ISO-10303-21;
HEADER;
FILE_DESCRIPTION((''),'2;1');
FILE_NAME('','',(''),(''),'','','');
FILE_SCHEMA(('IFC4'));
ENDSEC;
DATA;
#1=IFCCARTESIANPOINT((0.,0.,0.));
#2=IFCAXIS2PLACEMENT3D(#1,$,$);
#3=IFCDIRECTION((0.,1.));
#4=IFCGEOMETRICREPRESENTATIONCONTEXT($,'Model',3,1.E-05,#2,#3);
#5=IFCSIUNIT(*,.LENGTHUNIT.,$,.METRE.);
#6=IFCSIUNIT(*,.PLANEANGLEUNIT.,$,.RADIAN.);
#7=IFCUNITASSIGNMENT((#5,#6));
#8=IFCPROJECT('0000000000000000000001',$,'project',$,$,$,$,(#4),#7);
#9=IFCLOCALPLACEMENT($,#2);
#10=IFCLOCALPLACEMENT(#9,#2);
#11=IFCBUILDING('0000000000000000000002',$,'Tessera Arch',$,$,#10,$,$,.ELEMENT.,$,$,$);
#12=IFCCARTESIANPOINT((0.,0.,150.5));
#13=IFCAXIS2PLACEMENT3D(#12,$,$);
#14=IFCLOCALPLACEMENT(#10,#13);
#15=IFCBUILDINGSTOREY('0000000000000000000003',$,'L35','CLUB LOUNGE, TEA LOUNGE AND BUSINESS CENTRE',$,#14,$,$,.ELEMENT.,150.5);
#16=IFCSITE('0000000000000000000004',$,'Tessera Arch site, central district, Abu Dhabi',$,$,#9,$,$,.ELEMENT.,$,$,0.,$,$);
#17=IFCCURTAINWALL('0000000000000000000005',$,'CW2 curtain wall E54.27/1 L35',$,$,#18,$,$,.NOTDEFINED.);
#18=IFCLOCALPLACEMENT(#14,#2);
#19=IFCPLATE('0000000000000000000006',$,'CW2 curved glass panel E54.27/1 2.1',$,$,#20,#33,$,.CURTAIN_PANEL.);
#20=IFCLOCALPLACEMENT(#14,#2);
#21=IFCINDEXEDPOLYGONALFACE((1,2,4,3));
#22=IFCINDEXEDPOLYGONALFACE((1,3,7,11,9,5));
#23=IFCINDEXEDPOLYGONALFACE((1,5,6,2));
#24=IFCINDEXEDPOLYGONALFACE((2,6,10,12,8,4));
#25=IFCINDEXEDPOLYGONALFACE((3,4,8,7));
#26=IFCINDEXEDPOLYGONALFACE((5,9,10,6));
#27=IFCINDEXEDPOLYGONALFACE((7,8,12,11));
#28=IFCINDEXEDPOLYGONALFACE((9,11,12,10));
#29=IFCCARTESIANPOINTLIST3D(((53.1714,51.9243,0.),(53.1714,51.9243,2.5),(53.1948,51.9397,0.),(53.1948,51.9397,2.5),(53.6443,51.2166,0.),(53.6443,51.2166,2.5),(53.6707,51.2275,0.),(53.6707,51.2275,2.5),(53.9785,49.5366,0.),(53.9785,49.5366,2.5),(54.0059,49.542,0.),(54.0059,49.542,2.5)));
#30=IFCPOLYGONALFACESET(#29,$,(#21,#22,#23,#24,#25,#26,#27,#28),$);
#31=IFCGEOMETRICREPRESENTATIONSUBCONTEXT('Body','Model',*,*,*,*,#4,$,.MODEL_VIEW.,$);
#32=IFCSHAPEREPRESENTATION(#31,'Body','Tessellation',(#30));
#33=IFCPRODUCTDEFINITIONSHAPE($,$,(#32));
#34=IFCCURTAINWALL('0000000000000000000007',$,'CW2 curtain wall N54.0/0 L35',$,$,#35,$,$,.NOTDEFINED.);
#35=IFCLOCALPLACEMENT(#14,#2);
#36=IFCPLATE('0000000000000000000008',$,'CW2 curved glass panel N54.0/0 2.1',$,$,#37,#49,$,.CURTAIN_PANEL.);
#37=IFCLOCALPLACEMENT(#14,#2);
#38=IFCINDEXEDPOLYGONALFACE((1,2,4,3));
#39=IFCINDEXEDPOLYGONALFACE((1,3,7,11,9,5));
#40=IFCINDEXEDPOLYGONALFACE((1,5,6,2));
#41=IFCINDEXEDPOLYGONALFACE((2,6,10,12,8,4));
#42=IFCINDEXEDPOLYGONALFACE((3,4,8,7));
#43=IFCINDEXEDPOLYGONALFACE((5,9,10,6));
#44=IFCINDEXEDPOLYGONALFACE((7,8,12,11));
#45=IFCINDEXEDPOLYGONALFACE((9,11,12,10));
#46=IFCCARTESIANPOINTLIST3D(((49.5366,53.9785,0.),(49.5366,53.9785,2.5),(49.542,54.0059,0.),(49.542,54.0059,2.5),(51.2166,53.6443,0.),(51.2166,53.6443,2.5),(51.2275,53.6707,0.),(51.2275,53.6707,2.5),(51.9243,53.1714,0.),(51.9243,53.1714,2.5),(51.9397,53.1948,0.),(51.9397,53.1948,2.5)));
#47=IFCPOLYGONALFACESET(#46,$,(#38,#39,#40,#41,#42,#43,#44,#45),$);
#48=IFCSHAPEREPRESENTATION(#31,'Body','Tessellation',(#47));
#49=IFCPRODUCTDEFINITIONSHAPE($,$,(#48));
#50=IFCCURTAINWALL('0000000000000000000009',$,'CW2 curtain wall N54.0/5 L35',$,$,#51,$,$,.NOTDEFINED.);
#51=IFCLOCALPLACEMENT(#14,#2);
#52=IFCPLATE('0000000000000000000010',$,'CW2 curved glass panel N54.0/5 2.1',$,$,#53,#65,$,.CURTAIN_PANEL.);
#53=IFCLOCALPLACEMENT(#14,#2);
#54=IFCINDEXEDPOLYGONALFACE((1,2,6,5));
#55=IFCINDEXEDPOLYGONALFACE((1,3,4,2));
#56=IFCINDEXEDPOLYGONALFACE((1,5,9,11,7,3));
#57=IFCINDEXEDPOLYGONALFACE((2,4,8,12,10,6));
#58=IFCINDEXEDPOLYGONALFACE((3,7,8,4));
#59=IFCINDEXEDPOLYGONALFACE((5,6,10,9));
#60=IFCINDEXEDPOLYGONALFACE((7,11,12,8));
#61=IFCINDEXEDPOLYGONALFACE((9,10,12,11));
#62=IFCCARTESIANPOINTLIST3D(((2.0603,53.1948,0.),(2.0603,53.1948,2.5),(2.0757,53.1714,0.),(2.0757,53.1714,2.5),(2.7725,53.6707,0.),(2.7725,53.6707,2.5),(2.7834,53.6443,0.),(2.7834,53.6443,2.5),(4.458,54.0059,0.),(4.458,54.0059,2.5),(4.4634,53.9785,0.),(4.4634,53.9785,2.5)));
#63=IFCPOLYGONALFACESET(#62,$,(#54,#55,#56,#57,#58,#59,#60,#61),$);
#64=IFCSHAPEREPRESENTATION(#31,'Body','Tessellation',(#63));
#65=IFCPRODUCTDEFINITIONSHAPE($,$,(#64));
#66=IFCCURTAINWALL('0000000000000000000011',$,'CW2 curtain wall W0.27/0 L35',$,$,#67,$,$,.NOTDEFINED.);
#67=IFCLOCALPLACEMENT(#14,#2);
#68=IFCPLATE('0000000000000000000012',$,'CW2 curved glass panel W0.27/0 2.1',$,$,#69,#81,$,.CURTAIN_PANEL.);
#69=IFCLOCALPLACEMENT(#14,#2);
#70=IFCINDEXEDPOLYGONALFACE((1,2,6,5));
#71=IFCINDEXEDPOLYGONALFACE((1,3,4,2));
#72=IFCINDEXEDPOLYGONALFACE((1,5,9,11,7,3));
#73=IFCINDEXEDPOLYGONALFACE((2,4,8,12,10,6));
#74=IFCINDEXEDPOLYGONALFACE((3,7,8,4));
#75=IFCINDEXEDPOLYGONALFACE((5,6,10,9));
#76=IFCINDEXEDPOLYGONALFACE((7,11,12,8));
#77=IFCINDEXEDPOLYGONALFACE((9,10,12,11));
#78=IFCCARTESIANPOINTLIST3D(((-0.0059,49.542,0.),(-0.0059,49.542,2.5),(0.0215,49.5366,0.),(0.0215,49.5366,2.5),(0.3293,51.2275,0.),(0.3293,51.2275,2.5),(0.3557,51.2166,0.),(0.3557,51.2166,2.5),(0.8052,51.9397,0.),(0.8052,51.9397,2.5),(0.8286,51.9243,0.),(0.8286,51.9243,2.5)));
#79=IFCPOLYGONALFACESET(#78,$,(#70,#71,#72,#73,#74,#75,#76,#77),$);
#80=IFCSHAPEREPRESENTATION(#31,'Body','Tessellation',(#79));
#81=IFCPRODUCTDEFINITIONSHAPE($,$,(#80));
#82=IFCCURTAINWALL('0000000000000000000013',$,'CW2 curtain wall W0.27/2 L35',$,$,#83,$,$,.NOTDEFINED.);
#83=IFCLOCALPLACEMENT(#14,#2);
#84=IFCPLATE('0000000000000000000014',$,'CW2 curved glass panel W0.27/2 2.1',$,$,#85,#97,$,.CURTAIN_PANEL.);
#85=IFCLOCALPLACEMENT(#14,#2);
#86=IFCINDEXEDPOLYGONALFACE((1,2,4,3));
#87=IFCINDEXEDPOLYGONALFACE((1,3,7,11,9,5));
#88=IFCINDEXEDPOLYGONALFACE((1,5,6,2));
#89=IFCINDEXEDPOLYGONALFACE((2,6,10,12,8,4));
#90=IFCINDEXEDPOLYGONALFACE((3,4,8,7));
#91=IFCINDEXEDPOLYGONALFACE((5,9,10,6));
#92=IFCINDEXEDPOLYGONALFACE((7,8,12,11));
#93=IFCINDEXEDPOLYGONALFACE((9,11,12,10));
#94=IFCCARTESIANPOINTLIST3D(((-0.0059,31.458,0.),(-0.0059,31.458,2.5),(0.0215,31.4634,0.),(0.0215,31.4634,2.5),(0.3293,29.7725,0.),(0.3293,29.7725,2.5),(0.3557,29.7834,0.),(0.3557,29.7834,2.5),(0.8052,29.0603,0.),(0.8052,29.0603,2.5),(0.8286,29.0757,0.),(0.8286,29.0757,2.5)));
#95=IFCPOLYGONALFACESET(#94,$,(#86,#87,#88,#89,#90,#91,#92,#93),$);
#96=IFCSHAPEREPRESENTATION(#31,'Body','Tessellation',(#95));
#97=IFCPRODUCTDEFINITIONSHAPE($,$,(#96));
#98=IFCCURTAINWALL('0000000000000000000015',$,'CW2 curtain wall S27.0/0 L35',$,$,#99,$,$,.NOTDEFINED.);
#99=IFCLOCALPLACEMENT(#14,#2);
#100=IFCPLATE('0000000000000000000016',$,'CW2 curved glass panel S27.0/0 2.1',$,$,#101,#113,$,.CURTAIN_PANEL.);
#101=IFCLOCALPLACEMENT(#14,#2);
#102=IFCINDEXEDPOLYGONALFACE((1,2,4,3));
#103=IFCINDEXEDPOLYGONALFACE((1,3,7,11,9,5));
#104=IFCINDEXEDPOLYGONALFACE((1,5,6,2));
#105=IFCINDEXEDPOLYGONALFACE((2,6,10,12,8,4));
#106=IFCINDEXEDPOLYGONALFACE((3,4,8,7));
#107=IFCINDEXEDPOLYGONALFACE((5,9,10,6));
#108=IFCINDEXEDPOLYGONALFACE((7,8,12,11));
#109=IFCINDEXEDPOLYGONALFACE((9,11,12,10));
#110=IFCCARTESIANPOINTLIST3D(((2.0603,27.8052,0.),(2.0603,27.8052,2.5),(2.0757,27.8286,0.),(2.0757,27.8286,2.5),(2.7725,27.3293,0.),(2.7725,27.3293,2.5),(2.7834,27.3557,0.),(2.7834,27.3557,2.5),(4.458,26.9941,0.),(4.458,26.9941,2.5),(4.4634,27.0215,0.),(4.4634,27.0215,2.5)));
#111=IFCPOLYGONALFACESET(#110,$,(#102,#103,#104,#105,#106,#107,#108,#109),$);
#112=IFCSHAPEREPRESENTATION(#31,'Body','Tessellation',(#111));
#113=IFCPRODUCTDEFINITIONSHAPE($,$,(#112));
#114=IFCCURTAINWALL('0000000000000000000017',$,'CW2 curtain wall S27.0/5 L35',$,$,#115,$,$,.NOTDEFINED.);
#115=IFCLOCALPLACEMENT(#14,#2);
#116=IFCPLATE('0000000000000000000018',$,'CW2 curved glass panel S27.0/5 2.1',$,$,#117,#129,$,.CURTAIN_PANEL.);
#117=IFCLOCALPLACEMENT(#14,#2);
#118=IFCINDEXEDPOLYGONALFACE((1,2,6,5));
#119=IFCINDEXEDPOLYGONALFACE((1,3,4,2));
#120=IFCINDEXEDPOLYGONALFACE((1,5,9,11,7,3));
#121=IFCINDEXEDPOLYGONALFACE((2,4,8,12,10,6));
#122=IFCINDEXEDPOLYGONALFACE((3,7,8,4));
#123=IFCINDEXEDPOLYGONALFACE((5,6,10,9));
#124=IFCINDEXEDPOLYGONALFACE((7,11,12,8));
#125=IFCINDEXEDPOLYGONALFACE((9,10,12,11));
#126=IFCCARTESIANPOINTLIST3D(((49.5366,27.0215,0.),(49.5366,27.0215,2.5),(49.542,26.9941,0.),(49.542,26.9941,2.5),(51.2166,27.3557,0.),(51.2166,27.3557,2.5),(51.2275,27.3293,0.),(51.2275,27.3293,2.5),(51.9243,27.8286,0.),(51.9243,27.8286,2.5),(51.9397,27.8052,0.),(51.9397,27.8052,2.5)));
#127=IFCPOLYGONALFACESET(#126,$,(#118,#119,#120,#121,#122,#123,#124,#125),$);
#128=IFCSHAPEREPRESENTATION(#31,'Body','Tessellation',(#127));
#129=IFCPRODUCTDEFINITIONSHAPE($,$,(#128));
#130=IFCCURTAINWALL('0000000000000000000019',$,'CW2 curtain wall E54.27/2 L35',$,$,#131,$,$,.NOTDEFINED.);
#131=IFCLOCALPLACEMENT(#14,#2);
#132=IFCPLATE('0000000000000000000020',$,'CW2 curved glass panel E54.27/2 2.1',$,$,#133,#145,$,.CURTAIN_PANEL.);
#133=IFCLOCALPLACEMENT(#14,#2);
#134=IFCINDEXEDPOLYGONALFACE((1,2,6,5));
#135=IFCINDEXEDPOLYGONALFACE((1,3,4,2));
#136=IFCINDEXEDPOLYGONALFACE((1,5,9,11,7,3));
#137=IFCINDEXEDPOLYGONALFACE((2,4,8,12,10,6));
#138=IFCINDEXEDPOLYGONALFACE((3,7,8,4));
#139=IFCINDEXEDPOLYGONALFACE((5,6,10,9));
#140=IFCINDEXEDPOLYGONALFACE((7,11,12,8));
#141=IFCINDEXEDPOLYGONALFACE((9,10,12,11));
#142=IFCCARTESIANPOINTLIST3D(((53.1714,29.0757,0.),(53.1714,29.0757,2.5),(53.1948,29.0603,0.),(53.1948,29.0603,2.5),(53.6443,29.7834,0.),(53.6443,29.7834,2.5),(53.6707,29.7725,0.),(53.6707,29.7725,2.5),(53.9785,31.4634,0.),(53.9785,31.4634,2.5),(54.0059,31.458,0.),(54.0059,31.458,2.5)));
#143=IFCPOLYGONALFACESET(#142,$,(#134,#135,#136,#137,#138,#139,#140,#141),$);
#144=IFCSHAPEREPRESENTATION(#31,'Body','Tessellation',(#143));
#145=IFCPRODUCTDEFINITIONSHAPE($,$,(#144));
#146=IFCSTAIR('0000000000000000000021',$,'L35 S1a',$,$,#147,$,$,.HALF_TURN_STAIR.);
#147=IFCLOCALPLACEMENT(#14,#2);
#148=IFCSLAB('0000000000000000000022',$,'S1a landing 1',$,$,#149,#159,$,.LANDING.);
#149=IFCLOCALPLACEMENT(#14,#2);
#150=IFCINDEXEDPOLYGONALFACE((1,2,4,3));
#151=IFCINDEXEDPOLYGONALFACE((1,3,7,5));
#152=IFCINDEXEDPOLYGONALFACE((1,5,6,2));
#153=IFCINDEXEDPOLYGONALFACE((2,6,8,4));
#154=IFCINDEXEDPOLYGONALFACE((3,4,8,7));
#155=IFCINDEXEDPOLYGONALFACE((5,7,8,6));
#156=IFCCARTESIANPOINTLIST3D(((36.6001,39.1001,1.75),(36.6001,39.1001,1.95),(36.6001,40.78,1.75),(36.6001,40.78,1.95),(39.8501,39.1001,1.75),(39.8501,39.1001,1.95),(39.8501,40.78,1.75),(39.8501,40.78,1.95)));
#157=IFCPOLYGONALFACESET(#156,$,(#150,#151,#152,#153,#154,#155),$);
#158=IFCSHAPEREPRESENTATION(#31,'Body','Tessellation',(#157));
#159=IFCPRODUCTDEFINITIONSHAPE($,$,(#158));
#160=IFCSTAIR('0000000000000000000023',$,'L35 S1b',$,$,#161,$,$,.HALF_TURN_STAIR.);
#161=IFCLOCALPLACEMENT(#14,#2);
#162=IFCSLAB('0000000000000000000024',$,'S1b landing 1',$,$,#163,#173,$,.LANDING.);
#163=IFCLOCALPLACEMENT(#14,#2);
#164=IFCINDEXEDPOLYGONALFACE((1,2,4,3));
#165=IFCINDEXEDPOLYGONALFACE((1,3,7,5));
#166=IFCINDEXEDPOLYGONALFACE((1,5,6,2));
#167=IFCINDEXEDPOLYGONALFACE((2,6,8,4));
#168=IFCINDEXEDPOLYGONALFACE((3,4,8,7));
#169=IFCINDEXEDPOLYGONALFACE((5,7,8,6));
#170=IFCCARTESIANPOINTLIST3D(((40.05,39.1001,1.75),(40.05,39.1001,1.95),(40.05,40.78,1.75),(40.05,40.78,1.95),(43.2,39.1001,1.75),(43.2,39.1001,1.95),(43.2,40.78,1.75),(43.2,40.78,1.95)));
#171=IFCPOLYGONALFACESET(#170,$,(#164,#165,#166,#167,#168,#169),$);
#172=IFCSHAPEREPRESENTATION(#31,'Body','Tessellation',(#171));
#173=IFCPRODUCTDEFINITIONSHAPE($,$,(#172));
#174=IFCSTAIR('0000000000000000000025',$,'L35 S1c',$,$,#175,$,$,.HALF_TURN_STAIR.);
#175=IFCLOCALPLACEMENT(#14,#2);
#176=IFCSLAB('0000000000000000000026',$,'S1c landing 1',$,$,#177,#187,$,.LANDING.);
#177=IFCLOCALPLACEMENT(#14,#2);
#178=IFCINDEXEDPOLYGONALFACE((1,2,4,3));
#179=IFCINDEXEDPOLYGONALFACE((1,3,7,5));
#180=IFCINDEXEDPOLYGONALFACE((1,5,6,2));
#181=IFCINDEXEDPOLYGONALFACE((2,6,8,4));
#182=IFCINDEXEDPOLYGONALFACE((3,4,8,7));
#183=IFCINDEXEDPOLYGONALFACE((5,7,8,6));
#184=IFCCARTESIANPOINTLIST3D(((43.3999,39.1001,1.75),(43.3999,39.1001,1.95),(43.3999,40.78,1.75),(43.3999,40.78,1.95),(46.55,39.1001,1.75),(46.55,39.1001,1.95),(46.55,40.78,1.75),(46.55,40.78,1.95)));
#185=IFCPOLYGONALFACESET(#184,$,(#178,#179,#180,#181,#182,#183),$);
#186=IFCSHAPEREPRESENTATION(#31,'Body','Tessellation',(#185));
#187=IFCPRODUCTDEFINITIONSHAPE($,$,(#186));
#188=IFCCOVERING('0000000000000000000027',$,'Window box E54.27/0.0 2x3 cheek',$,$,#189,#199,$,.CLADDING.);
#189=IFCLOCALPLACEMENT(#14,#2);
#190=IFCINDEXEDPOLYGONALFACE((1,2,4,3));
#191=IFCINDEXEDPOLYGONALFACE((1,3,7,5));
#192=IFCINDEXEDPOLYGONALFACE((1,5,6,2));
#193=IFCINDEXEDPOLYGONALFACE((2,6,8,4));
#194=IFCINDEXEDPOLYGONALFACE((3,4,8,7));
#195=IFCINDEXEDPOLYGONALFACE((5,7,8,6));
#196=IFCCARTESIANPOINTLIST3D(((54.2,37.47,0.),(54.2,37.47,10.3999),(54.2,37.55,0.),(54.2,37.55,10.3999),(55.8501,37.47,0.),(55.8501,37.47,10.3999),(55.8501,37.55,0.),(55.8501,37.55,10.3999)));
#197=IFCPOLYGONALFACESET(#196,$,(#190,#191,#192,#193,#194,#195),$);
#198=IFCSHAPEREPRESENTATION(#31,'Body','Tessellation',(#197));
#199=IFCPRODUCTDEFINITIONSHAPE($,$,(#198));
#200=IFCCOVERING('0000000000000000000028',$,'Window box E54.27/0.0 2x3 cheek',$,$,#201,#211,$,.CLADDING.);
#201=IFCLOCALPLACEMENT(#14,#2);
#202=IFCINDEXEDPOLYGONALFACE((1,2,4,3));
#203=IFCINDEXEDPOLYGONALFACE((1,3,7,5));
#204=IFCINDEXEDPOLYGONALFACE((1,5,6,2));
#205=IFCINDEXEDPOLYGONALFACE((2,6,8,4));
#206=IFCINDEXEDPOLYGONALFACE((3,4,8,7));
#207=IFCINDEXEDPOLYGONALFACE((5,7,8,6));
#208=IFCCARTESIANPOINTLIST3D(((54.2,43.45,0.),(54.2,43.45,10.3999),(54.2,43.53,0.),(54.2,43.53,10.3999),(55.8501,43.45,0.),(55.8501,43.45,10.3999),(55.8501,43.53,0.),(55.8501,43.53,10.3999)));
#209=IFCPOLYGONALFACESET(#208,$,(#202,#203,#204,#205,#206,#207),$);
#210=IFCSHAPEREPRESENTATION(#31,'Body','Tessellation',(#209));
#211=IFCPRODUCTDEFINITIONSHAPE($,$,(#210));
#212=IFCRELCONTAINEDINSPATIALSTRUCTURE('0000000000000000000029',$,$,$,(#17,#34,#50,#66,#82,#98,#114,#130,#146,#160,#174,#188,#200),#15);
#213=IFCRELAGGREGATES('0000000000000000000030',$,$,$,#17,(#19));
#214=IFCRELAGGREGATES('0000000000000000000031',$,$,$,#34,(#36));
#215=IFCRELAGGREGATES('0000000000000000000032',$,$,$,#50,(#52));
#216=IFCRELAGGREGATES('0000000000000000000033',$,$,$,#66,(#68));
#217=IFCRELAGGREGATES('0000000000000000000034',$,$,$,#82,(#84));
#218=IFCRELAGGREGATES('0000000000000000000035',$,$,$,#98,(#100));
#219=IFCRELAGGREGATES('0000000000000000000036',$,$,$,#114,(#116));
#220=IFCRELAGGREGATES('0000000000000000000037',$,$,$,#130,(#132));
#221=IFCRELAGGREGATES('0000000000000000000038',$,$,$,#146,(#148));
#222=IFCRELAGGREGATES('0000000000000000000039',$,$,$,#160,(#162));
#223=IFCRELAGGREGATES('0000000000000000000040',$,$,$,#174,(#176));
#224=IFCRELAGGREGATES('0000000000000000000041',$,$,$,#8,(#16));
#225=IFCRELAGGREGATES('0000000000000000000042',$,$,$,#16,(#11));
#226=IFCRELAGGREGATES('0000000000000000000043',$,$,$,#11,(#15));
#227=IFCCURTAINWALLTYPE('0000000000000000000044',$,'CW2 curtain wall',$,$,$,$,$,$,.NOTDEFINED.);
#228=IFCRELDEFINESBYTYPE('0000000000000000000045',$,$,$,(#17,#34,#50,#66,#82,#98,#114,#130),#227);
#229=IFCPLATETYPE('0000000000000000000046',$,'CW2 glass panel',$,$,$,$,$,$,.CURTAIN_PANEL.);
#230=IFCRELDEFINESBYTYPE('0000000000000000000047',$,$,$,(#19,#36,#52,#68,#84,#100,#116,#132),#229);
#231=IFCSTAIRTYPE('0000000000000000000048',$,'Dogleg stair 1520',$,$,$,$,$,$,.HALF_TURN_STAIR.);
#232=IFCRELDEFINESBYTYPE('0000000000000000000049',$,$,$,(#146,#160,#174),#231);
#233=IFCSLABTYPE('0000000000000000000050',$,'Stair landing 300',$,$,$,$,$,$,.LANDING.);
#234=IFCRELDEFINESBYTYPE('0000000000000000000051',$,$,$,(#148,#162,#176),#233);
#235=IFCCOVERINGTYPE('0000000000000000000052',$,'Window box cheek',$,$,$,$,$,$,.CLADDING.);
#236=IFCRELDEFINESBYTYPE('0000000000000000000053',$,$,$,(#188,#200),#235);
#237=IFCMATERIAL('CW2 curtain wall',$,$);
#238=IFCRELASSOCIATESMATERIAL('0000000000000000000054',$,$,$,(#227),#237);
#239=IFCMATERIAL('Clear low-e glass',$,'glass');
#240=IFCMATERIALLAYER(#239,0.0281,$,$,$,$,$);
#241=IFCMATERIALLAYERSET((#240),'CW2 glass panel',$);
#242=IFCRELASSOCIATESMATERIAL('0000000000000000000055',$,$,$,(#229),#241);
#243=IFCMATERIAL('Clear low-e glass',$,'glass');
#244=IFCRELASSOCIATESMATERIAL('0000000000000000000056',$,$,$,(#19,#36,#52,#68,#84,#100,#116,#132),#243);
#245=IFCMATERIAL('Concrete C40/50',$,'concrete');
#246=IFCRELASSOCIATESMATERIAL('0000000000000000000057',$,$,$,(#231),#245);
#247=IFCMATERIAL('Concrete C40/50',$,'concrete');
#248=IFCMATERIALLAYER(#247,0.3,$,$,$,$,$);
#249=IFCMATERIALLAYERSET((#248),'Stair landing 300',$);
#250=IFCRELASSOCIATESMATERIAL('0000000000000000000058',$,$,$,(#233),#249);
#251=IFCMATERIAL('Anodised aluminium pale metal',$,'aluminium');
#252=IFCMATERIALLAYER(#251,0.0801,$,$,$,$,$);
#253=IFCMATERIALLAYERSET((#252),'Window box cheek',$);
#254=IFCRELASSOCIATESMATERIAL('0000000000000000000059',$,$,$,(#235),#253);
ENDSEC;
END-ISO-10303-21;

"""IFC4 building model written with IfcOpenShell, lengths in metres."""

from ifc_helpers import new_model, si_unit, direction, frame, origin, place, context, subcontext, project, spatial, polyline, outline, extrude, material, layer, layer_set, type_object, element, aggregate, save


model = new_model("IFC4")

# Units and contexts
model_context = context("Model", 3, precision=1e-05, world=origin(), true_north=direction((0.0, 1.0)))
body_context = subcontext(model_context, "Body", "Model", "MODEL_VIEW")
ifc_project = project(units=[si_unit("LENGTHUNIT", "METRE"), si_unit("PLANEANGLEUNIT", "RADIAN")], contexts=[model_context])

# Site, building, storey
site_placement = place(None, origin())
site = spatial("IfcSite", under=ifc_project, at=site_placement, Name="Tessera Arch site, central district, Abu Dhabi", CompositionType="ELEMENT", RefElevation=0.0)
building_placement = place(site_placement, origin())
building = spatial("IfcBuilding", under=site, at=building_placement, Name="Tessera Arch", CompositionType="ELEMENT")
storey_placement = place(building_placement, frame((0.0, 0.0, 150.5)))
storey = spatial("IfcBuildingStorey", under=building, at=storey_placement, Name="L35", Description="CLUB LOUNGE, TEA LOUNGE AND BUSINESS CENTRE", CompositionType="ELEMENT", Elevation=150.5)

# Curtain walls, plates
ifc_material_1 = material(Name="CW2 curtain wall")
curtain_wall_type = type_object("IfcCurtainWallType", Name="CW2 curtain wall", PredefinedType="NOTDEFINED", material=ifc_material_1)
curtain_wall_1_placement = place(storey_placement, origin())
curtain_wall_1 = element("IfcCurtainWall", 1, at=curtain_wall_1_placement, inside=storey, type_object=curtain_wall_type, Name="CW2 curtain wall E54.27/1 L35", PredefinedType="NOTDEFINED")
ifc_material_2 = material(Name="Clear low-e glass", Category="glass")
ifc_material_3 = material(Name="Clear low-e glass", Category="glass")
ifc_layer_1 = layer(ifc_material_3, 0.0281)
ifc_layer_set_1 = layer_set([ifc_layer_1], Name="CW2 glass panel")
plate_type = type_object("IfcPlateType", Name="CW2 glass panel", PredefinedType="CURTAIN_PANEL", material=ifc_layer_set_1)
plate_1_placement = place(storey_placement, origin())
plate_1 = element("IfcPlate", 2, at=plate_1_placement, type_object=plate_type, material=ifc_material_2, Name="CW2 curved glass panel E54.27/1 2.1", PredefinedType="CURTAIN_PANEL", context=body_context, shape_type="SweptSolid", body=[
    extrude(outline(polyline([(53.6443, 51.2166), (53.9785, 49.5366), (54.0059, 49.542), (53.6707, 51.2275), (53.1948, 51.9397), (53.1714, 51.9243), (53.6443, 51.2166)])), origin(), (0.0, 0.0, 1.0), 2.5),
])
aggregate(curtain_wall_1, [plate_1])
curtain_wall_2_placement = place(storey_placement, origin())
curtain_wall_2 = element("IfcCurtainWall", 3, at=curtain_wall_2_placement, inside=storey, type_object=curtain_wall_type, Name="CW2 curtain wall N54.0/0 L35", PredefinedType="NOTDEFINED")
plate_2_placement = place(storey_placement, origin())
plate_2 = element("IfcPlate", 4, at=plate_2_placement, type_object=plate_type, material=ifc_material_2, Name="CW2 curved glass panel N54.0/0 2.1", PredefinedType="CURTAIN_PANEL", context=body_context, shape_type="SweptSolid", body=[
    extrude(outline(polyline([(51.2166, 53.6443), (51.9243, 53.1714), (51.9397, 53.1948), (51.2275, 53.6707), (49.542, 54.0059), (49.5366, 53.9785), (51.2166, 53.6443)])), origin(), (0.0, 0.0, 1.0), 2.5),
])
aggregate(curtain_wall_2, [plate_2])
curtain_wall_3_placement = place(storey_placement, origin())
curtain_wall_3 = element("IfcCurtainWall", 5, at=curtain_wall_3_placement, inside=storey, type_object=curtain_wall_type, Name="CW2 curtain wall N54.0/5 L35", PredefinedType="NOTDEFINED")
plate_3_placement = place(storey_placement, origin())
plate_3 = element("IfcPlate", 6, at=plate_3_placement, type_object=plate_type, material=ifc_material_2, Name="CW2 curved glass panel N54.0/5 2.1", PredefinedType="CURTAIN_PANEL", context=body_context, shape_type="SweptSolid", body=[
    extrude(outline(polyline([(2.7834, 53.6443), (4.4634, 53.9785), (4.458, 54.0059), (2.7725, 53.6707), (2.0603, 53.1948), (2.0757, 53.1714), (2.7834, 53.6443)])), origin(), (0.0, 0.0, 1.0), 2.5),
])
aggregate(curtain_wall_3, [plate_3])
curtain_wall_4_placement = place(storey_placement, origin())
curtain_wall_4 = element("IfcCurtainWall", 7, at=curtain_wall_4_placement, inside=storey, type_object=curtain_wall_type, Name="CW2 curtain wall W0.27/0 L35", PredefinedType="NOTDEFINED")
plate_4_placement = place(storey_placement, origin())
plate_4 = element("IfcPlate", 8, at=plate_4_placement, type_object=plate_type, material=ifc_material_2, Name="CW2 curved glass panel W0.27/0 2.1", PredefinedType="CURTAIN_PANEL", context=body_context, shape_type="SweptSolid", body=[
    extrude(outline(polyline([(0.3557, 51.2166), (0.8286, 51.9243), (0.8052, 51.9397), (0.3293, 51.2275), (-0.0059, 49.542), (0.0215, 49.5366), (0.3557, 51.2166)])), origin(), (0.0, 0.0, 1.0), 2.5),
])
aggregate(curtain_wall_4, [plate_4])
curtain_wall_5_placement = place(storey_placement, origin())
curtain_wall_5 = element("IfcCurtainWall", 9, at=curtain_wall_5_placement, inside=storey, type_object=curtain_wall_type, Name="CW2 curtain wall W0.27/2 L35", PredefinedType="NOTDEFINED")
plate_5_placement = place(storey_placement, origin())
plate_5 = element("IfcPlate", 10, at=plate_5_placement, type_object=plate_type, material=ifc_material_2, Name="CW2 curved glass panel W0.27/2 2.1", PredefinedType="CURTAIN_PANEL", context=body_context, shape_type="SweptSolid", body=[
    extrude(outline(polyline([(0.3557, 29.7834), (0.0215, 31.4634), (-0.0059, 31.458), (0.3293, 29.7725), (0.8052, 29.0603), (0.8286, 29.0757), (0.3557, 29.7834)])), origin(), (0.0, 0.0, 1.0), 2.5),
])
aggregate(curtain_wall_5, [plate_5])
curtain_wall_6_placement = place(storey_placement, origin())
curtain_wall_6 = element("IfcCurtainWall", 11, at=curtain_wall_6_placement, inside=storey, type_object=curtain_wall_type, Name="CW2 curtain wall S27.0/0 L35", PredefinedType="NOTDEFINED")
plate_6_placement = place(storey_placement, origin())
plate_6 = element("IfcPlate", 12, at=plate_6_placement, type_object=plate_type, material=ifc_material_2, Name="CW2 curved glass panel S27.0/0 2.1", PredefinedType="CURTAIN_PANEL", context=body_context, shape_type="SweptSolid", body=[
    extrude(outline(polyline([(2.7834, 27.3557), (2.0757, 27.8286), (2.0603, 27.8052), (2.7725, 27.3293), (4.458, 26.9941), (4.4634, 27.0215), (2.7834, 27.3557)])), origin(), (0.0, 0.0, 1.0), 2.5),
])
aggregate(curtain_wall_6, [plate_6])
curtain_wall_7_placement = place(storey_placement, origin())
curtain_wall_7 = element("IfcCurtainWall", 13, at=curtain_wall_7_placement, inside=storey, type_object=curtain_wall_type, Name="CW2 curtain wall S27.0/5 L35", PredefinedType="NOTDEFINED")
plate_7_placement = place(storey_placement, origin())
plate_7 = element("IfcPlate", 14, at=plate_7_placement, type_object=plate_type, material=ifc_material_2, Name="CW2 curved glass panel S27.0/5 2.1", PredefinedType="CURTAIN_PANEL", context=body_context, shape_type="SweptSolid", body=[
    extrude(outline(polyline([(51.2166, 27.3557), (49.5366, 27.0215), (49.542, 26.9941), (51.2275, 27.3293), (51.9397, 27.8052), (51.9243, 27.8286), (51.2166, 27.3557)])), origin(), (0.0, 0.0, 1.0), 2.5),
])
aggregate(curtain_wall_7, [plate_7])
curtain_wall_8_placement = place(storey_placement, origin())
curtain_wall_8 = element("IfcCurtainWall", 15, at=curtain_wall_8_placement, inside=storey, type_object=curtain_wall_type, Name="CW2 curtain wall E54.27/2 L35", PredefinedType="NOTDEFINED")
plate_8_placement = place(storey_placement, origin())
plate_8 = element("IfcPlate", 16, at=plate_8_placement, type_object=plate_type, material=ifc_material_2, Name="CW2 curved glass panel E54.27/2 2.1", PredefinedType="CURTAIN_PANEL", context=body_context, shape_type="SweptSolid", body=[
    extrude(outline(polyline([(53.6443, 29.7834), (53.1714, 29.0757), (53.1948, 29.0603), (53.6707, 29.7725), (54.0059, 31.458), (53.9785, 31.4634), (53.6443, 29.7834)])), origin(), (0.0, 0.0, 1.0), 2.5),
])
aggregate(curtain_wall_8, [plate_8])

# Stairs, slabs
ifc_material_4 = material(Name="Concrete C40/50", Category="concrete")
stair_type = type_object("IfcStairType", Name="Dogleg stair 1520", PredefinedType="HALF_TURN_STAIR", material=ifc_material_4)
stair_1_placement = place(storey_placement, origin())
stair_1 = element("IfcStair", 17, at=stair_1_placement, inside=storey, type_object=stair_type, Name="L35 S1a", PredefinedType="HALF_TURN_STAIR")
ifc_material_5 = material(Name="Concrete C40/50", Category="concrete")
ifc_layer_2 = layer(ifc_material_5, 0.3)
ifc_layer_set_2 = layer_set([ifc_layer_2], Name="Stair landing 300")
slab_type_1 = type_object("IfcSlabType", Name="Stair landing 300", PredefinedType="LANDING", material=ifc_layer_set_2)
slab_1_placement = place(storey_placement, frame((0.0, 0.0, 1.75)))
slab_1 = element("IfcSlab", 18, at=slab_1_placement, type_object=slab_type_1, Name="S1a landing 1", PredefinedType="LANDING", context=body_context, shape_type="SweptSolid", body=[
    extrude(outline(polyline([(36.6001, 40.78), (36.6001, 39.1001), (39.8501, 39.1001), (39.8501, 40.78), (36.6001, 40.78)])), origin(), (0.0, 0.0, 1.0), 0.2),
])
aggregate(stair_1, [slab_1])
stair_2_placement = place(storey_placement, origin())
stair_2 = element("IfcStair", 19, at=stair_2_placement, inside=storey, type_object=stair_type, Name="L35 S1b", PredefinedType="HALF_TURN_STAIR")
slab_2_placement = place(storey_placement, frame((0.0, 0.0, 1.75)))
slab_2 = element("IfcSlab", 20, at=slab_2_placement, type_object=slab_type_1, Name="S1b landing 1", PredefinedType="LANDING", context=body_context, shape_type="SweptSolid", body=[
    extrude(outline(polyline([(40.05, 40.78), (40.05, 39.1001), (43.2, 39.1001), (43.2, 40.78), (40.05, 40.78)])), origin(), (0.0, 0.0, 1.0), 0.2),
])
aggregate(stair_2, [slab_2])
stair_3_placement = place(storey_placement, origin())
stair_3 = element("IfcStair", 21, at=stair_3_placement, inside=storey, type_object=stair_type, Name="L35 S1c", PredefinedType="HALF_TURN_STAIR")
slab_3_placement = place(storey_placement, frame((0.0, 0.0, 1.75)))
slab_3 = element("IfcSlab", 22, at=slab_3_placement, type_object=slab_type_1, Name="S1c landing 1", PredefinedType="LANDING", context=body_context, shape_type="SweptSolid", body=[
    extrude(outline(polyline([(43.3999, 40.78), (43.3999, 39.1001), (46.55, 39.1001), (46.55, 40.78), (43.3999, 40.78)])), origin(), (0.0, 0.0, 1.0), 0.2),
])
aggregate(stair_3, [slab_3])

# Coverings
ifc_material_6 = material(Name="Anodised aluminium pale metal", Category="aluminium")
ifc_layer_3 = layer(ifc_material_6, 0.0801)
ifc_layer_set_3 = layer_set([ifc_layer_3], Name="Window box cheek")
covering_type_1 = type_object("IfcCoveringType", Name="Window box cheek", PredefinedType="CLADDING", material=ifc_layer_set_3)
covering_1_placement = place(storey_placement, origin())
element("IfcCovering", 23, at=covering_1_placement, inside=storey, type_object=covering_type_1, Name="Window box E54.27/0.0 2x3 cheek", PredefinedType="CLADDING", context=body_context, shape_type="SweptSolid", body=[
    extrude(outline(polyline([(55.8501, 37.47), (55.8501, 37.55), (54.2, 37.55), (54.2, 37.47), (55.8501, 37.47)])), origin(), (0.0, 0.0, 1.0), 10.3999),
])
covering_2_placement = place(storey_placement, origin())
element("IfcCovering", 24, at=covering_2_placement, inside=storey, type_object=covering_type_1, Name="Window box E54.27/0.0 2x3 cheek", PredefinedType="CLADDING", context=body_context, shape_type="SweptSolid", body=[
    extrude(outline(polyline([(55.8501, 43.45), (55.8501, 43.53), (54.2, 43.53), (54.2, 43.45), (55.8501, 43.45)])), origin(), (0.0, 0.0, 1.0), 10.3999),
])

save(model, "model.ifc")
